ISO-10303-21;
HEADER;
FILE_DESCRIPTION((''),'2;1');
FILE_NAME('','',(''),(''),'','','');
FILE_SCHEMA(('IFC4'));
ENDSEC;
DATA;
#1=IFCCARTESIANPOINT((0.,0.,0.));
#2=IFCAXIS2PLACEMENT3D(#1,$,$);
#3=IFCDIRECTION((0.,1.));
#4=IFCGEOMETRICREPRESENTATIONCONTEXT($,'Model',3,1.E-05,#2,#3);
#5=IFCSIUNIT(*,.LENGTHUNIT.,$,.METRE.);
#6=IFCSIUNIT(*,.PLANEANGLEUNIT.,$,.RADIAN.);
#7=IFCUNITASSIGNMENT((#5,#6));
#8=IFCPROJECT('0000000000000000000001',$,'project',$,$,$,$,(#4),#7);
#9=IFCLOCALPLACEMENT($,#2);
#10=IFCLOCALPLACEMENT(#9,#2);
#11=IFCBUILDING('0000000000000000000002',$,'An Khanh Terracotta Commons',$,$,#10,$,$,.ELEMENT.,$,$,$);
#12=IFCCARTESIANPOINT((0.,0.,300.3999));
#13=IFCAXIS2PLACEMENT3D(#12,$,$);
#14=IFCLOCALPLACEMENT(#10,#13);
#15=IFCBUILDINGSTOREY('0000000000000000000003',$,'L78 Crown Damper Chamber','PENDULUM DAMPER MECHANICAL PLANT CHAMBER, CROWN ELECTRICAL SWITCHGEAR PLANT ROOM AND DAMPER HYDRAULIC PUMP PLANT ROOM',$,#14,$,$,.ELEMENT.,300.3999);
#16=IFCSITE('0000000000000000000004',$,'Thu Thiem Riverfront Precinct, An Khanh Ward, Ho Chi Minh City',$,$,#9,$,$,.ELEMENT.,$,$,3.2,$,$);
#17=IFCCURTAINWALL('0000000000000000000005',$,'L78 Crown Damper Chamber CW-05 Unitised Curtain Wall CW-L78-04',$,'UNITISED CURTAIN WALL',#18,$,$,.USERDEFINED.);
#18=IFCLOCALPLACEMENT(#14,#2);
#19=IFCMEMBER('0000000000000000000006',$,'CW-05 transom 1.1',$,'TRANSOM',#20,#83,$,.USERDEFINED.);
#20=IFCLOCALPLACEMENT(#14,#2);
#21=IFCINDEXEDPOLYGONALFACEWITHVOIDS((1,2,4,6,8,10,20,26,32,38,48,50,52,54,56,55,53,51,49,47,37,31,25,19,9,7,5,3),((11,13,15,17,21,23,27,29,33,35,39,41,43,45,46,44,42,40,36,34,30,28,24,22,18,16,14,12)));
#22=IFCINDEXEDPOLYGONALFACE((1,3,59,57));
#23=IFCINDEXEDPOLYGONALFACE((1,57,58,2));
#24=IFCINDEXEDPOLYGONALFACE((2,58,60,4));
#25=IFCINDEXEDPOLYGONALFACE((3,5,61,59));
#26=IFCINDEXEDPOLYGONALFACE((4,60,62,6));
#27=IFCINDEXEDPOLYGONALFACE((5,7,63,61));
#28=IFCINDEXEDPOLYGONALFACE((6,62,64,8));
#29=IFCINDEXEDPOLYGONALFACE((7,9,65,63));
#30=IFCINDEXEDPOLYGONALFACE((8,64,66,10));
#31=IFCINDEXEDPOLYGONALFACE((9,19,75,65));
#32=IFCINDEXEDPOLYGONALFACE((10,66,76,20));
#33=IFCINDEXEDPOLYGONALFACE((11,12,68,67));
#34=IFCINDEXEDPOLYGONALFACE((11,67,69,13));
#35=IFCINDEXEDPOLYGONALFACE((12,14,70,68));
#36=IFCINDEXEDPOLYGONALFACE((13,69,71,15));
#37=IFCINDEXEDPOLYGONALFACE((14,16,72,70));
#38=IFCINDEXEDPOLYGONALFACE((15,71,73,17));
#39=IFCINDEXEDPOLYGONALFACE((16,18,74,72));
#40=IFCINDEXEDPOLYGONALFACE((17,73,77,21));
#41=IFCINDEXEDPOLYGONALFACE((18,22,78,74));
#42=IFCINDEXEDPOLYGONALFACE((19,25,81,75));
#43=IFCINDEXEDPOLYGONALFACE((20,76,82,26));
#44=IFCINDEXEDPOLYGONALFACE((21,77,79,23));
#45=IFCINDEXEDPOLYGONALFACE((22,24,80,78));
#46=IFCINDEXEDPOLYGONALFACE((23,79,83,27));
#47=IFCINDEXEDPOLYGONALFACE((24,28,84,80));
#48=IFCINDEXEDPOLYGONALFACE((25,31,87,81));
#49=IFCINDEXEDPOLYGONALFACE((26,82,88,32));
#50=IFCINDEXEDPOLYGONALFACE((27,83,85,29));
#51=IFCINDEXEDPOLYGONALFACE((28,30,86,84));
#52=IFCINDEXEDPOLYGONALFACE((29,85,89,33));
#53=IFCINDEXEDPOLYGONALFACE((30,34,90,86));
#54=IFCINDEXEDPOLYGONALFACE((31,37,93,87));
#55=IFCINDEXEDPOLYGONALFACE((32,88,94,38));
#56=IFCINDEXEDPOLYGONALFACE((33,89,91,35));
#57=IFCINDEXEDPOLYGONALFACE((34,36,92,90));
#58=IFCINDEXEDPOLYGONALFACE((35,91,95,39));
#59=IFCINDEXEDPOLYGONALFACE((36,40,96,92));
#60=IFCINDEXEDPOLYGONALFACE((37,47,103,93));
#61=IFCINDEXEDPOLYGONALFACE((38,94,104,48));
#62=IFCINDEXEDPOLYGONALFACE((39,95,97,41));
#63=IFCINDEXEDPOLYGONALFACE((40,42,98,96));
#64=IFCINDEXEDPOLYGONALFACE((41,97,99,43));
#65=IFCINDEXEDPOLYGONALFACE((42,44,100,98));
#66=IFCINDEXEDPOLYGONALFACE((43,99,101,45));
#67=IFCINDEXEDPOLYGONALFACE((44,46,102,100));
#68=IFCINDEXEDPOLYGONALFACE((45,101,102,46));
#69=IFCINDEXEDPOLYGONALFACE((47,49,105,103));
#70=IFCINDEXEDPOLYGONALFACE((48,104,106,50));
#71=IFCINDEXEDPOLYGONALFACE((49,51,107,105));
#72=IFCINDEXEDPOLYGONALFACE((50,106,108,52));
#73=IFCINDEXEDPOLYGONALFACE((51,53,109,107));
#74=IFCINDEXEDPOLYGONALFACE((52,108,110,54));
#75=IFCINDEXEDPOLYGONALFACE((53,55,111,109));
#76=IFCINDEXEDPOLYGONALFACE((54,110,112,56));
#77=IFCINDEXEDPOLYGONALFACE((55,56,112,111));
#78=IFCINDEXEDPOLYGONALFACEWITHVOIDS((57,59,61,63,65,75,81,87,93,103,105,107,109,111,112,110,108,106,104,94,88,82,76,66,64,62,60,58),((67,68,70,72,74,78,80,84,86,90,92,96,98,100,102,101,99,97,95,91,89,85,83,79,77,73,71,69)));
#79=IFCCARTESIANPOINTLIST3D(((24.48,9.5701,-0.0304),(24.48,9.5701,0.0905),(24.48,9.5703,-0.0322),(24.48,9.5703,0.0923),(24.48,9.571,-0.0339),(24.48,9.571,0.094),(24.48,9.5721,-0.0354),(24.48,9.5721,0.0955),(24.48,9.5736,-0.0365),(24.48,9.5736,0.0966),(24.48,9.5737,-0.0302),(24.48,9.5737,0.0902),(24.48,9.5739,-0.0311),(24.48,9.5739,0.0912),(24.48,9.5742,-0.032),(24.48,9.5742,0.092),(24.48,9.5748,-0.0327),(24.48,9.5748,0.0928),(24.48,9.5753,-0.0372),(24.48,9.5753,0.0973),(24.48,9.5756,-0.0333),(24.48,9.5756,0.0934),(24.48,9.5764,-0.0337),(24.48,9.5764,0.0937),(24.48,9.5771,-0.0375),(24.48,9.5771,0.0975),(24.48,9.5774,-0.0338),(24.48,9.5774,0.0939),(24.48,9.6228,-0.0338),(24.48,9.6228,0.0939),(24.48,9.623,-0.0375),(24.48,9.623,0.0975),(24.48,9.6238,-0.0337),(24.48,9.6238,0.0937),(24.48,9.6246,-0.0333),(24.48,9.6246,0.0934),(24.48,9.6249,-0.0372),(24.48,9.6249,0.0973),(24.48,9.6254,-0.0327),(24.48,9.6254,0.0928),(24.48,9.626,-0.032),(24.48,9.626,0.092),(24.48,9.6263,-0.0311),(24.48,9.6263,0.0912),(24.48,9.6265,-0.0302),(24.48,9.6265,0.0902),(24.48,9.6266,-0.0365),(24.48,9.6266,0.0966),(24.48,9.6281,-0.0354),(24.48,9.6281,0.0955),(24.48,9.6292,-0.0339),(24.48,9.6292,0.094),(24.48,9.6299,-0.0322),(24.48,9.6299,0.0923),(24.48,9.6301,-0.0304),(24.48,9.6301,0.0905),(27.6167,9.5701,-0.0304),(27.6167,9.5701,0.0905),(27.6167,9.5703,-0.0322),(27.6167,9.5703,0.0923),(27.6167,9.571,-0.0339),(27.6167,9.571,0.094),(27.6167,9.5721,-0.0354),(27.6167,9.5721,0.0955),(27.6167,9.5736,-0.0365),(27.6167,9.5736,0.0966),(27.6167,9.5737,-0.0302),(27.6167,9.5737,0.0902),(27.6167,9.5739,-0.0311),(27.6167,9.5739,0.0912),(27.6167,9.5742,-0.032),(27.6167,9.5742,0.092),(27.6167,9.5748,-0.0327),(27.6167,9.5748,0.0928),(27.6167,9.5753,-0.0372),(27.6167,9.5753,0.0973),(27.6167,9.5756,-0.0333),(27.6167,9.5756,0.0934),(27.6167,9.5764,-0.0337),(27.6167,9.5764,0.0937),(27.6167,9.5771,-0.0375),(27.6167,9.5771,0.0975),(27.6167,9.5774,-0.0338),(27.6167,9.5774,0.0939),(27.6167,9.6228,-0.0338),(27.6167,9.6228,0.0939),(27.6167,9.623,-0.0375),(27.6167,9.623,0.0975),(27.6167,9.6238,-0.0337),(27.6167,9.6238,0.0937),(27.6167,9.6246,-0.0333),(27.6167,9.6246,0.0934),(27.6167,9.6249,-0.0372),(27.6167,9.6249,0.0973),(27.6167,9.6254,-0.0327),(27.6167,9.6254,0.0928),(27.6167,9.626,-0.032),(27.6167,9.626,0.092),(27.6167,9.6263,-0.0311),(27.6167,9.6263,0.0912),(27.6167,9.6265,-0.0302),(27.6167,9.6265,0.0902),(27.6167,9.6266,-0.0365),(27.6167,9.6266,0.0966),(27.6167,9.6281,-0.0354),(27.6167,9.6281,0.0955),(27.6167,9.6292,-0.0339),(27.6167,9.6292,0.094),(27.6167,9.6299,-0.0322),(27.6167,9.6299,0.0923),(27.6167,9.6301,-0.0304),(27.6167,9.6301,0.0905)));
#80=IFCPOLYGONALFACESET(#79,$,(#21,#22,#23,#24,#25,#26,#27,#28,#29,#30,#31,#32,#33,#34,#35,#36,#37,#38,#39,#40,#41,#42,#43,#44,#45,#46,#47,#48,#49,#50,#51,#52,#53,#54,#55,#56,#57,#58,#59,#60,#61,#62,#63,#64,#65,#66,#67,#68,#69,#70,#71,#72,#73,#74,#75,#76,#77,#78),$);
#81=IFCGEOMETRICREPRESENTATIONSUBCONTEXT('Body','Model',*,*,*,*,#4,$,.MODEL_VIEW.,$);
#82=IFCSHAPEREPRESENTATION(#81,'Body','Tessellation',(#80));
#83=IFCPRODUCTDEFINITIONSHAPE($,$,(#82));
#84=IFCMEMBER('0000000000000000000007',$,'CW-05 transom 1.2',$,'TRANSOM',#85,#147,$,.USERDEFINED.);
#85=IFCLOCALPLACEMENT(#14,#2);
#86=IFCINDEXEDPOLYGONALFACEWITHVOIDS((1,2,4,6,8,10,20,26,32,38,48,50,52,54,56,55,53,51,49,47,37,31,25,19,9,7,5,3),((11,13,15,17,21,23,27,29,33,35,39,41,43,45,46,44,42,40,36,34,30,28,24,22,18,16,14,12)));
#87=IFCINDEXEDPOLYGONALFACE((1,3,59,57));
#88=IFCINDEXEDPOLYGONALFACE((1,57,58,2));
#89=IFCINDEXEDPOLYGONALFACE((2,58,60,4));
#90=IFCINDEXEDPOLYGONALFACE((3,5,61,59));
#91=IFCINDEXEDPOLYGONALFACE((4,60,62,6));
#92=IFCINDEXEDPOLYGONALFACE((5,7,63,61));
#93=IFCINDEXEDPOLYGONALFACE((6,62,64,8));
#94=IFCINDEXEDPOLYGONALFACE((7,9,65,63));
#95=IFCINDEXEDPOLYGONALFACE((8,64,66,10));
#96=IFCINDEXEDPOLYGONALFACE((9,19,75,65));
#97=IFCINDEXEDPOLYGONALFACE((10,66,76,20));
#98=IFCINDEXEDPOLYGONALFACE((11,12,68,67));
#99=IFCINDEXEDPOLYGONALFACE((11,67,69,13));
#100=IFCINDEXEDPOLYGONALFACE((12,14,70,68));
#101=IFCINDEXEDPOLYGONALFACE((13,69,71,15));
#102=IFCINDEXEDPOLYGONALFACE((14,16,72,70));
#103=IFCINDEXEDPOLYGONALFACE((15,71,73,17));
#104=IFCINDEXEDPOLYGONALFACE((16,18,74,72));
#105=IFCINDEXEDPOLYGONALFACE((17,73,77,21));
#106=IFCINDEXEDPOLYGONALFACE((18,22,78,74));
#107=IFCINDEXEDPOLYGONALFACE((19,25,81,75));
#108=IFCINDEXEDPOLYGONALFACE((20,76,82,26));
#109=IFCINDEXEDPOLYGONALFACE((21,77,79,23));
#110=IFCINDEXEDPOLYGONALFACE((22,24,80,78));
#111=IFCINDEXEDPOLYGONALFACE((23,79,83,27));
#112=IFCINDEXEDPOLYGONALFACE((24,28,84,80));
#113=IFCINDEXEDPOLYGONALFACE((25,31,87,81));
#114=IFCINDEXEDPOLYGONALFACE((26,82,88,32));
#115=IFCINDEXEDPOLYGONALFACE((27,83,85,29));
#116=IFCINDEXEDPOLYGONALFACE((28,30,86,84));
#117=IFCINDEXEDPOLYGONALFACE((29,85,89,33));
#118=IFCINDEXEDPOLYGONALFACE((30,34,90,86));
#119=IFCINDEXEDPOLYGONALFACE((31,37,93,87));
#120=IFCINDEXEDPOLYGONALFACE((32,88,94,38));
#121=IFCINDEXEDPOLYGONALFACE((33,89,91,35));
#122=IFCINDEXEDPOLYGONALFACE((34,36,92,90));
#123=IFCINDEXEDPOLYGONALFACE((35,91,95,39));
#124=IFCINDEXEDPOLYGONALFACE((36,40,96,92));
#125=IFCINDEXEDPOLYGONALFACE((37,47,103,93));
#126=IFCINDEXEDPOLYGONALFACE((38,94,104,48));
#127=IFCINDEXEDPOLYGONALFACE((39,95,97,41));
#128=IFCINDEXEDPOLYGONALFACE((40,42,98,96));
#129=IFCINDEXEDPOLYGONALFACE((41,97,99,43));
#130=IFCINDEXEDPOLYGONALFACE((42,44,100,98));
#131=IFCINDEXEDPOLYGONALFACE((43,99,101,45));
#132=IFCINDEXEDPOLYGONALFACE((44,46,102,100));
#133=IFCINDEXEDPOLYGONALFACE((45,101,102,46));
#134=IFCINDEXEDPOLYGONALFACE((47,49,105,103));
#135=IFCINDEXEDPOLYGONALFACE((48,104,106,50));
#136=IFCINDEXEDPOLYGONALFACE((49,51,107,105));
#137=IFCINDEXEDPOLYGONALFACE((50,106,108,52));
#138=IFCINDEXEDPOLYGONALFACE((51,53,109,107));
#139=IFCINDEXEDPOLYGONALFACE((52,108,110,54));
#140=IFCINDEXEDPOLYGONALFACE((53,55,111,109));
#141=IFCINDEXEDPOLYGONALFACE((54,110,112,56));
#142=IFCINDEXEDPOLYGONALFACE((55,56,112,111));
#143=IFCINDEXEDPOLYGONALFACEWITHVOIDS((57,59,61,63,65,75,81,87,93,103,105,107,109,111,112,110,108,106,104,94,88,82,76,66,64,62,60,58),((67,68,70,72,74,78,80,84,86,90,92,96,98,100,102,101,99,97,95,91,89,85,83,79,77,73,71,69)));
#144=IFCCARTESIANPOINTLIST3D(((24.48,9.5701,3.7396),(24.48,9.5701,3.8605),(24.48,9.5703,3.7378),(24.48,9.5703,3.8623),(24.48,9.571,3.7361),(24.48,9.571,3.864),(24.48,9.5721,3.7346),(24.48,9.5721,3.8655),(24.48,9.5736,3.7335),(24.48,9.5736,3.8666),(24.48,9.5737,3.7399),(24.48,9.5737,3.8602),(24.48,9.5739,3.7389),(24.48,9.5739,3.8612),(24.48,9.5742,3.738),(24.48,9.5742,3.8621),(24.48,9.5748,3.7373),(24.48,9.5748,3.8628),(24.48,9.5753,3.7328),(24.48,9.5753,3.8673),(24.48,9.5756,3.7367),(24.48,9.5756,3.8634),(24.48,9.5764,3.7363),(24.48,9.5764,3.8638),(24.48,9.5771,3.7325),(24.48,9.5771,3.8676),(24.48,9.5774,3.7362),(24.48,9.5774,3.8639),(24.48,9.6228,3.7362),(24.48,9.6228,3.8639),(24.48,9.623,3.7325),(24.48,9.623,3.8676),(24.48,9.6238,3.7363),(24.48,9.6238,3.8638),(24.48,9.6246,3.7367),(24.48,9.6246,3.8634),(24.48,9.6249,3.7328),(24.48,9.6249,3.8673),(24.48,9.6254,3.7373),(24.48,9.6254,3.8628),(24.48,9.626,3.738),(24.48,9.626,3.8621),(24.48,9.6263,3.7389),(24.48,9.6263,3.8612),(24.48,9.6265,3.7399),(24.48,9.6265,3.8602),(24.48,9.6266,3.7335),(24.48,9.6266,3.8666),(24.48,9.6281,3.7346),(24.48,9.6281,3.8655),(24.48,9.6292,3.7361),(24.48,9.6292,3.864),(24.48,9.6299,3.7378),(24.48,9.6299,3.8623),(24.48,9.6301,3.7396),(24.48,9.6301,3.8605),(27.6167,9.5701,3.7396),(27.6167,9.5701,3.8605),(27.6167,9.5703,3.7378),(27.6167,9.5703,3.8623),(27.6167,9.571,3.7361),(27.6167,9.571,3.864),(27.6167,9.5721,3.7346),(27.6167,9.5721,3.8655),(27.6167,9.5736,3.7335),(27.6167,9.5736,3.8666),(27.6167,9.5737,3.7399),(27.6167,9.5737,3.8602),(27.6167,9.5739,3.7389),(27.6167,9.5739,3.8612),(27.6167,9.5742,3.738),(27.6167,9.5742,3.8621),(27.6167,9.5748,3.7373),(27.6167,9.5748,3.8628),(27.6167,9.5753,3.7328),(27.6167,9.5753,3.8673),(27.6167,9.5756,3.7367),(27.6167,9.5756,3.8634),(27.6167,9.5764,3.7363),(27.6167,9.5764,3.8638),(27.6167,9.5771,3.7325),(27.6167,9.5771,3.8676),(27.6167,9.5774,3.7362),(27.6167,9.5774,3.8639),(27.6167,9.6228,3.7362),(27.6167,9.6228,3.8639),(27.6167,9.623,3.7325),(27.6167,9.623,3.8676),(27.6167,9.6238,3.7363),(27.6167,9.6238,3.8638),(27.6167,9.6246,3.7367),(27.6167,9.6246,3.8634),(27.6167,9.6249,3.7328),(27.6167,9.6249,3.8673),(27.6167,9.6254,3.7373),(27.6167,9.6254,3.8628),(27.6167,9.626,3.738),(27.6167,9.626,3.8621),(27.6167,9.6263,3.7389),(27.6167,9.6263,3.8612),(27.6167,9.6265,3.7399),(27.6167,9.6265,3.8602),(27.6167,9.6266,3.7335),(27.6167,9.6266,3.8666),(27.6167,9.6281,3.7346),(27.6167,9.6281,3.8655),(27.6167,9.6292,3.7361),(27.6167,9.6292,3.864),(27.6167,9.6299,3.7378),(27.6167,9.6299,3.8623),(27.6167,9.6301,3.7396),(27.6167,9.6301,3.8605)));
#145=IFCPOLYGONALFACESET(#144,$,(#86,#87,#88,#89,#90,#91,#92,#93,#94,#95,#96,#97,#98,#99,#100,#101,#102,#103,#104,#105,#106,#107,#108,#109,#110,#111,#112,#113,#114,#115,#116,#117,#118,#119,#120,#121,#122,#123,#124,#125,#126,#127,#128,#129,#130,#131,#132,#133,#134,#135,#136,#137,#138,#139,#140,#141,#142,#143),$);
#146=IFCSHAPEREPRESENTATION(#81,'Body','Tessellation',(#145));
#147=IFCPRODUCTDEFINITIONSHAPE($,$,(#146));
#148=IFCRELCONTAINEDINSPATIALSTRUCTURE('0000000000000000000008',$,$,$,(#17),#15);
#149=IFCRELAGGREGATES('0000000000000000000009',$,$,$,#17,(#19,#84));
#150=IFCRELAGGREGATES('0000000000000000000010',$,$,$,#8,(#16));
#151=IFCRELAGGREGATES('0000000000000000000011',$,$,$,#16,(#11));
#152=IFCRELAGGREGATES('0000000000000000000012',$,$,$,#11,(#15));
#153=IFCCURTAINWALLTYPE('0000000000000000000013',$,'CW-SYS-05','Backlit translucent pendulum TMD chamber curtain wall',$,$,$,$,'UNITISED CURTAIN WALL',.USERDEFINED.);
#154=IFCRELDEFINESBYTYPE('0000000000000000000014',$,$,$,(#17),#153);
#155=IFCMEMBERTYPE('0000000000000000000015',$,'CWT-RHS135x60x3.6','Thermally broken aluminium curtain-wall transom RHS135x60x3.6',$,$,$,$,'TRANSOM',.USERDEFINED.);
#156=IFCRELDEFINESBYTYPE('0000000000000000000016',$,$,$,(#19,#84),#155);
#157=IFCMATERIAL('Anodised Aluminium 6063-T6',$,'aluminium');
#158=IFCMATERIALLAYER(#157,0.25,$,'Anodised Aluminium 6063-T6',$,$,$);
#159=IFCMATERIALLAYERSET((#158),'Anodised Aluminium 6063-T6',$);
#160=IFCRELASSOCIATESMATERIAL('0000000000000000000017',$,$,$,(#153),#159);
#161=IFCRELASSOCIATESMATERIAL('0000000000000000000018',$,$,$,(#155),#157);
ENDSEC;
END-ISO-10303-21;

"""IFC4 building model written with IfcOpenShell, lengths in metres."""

from ifc_helpers import new_model, si_unit, direction, frame, origin, origin_2d, place, context, subcontext, project, spatial, hollow_rectangle, extrude, material, layer, layer_set, material_profile, profile_set, type_object, element, aggregate, save


model = new_model("IFC4")

# Units and contexts
model_context = context("Model", 3, precision=1e-05, world=origin(), true_north=direction((0.0, 1.0)))
body_context = subcontext(model_context, "Body", "Model", "MODEL_VIEW")
ifc_project = project(units=[si_unit("LENGTHUNIT", "METRE"), si_unit("PLANEANGLEUNIT", "RADIAN")], contexts=[model_context])

# Site, building, storey
site_placement = place(None, origin())
site = spatial("IfcSite", under=ifc_project, at=site_placement, Name="Thu Thiem Riverfront Precinct, An Khanh Ward, Ho Chi Minh City", CompositionType="ELEMENT", RefElevation=3.2)
building_placement = place(site_placement, origin())
building = spatial("IfcBuilding", under=site, at=building_placement, Name="An Khanh Terracotta Commons", CompositionType="ELEMENT")
storey_placement = place(building_placement, frame((0.0, 0.0, 300.3999)))
storey = spatial("IfcBuildingStorey", under=building, at=storey_placement, Name="L78 Crown Damper Chamber", Description="PENDULUM DAMPER MECHANICAL PLANT CHAMBER, CROWN ELECTRICAL SWITCHGEAR PLANT ROOM AND DAMPER HYDRAULIC PUMP PLANT ROOM", CompositionType="ELEMENT", Elevation=300.3999)

# Curtain wall, members
ifc_material_1 = material(Name="Anodised Aluminium 6063-T6", Category="aluminium")
ifc_layer_1 = layer(ifc_material_1, 0.25, Name="Anodised Aluminium 6063-T6")
ifc_layer_set_1 = layer_set([ifc_layer_1], Name="Anodised Aluminium 6063-T6")
curtain_wall_type = type_object("IfcCurtainWallType", Name="CW-SYS-05", Description="Backlit translucent pendulum TMD chamber curtain wall", ElementType="UNITISED CURTAIN WALL", PredefinedType="USERDEFINED", material=ifc_layer_set_1)
curtain_wall_placement = place(storey_placement, origin())
curtain_wall = element("IfcCurtainWall", 1, at=curtain_wall_placement, inside=storey, type_object=curtain_wall_type, Name="L78 Crown Damper Chamber CW-05 Unitised Curtain Wall CW-L78-04", ObjectType="UNITISED CURTAIN WALL", PredefinedType="USERDEFINED")
ifc_material_profile_1 = material_profile(ifc_material_1, hollow_rectangle(XDim=0.0601, YDim=0.135, WallThickness=0.0037, InnerFilletRadius=0.0037, OuterFilletRadius=0.0071, at=origin_2d()), Name="RHS135x60x3.6")
ifc_profile_set_1 = profile_set([ifc_material_profile_1], Name="Anodised Aluminium 6063-T6")
member_type_1 = type_object("IfcMemberType", Name="CWT-RHS135x60x3.6", Description="Thermally broken aluminium curtain-wall transom RHS135x60x3.6", ElementType="TRANSOM", PredefinedType="USERDEFINED", material=ifc_profile_set_1)
member_1_placement = place(storey_placement, frame((24.48, 9.6001, 0.03), z_axis=(1.0, 0.0, 0.0), x_axis=(0.0, 1.0, 0.0)))
member_1 = element("IfcMember", 2, at=member_1_placement, type_object=member_type_1, Name="CW-05 transom 1.1", ObjectType="TRANSOM", PredefinedType="USERDEFINED", context=body_context, shape_type="SweptSolid", body=[
    extrude(hollow_rectangle(XDim=0.0601, YDim=0.135, WallThickness=0.0037, InnerFilletRadius=0.0037, OuterFilletRadius=0.0071, at=origin_2d()), origin(), (0.0, 0.0, 1.0), 3.1367),
])
member_2_placement = place(storey_placement, frame((24.48, 9.6001, 3.8), z_axis=(1.0, 0.0, 0.0), x_axis=(0.0, 1.0, 0.0)))
member_2 = element("IfcMember", 3, at=member_2_placement, type_object=member_type_1, Name="CW-05 transom 1.2", ObjectType="TRANSOM", PredefinedType="USERDEFINED", context=body_context, shape_type="SweptSolid", body=[
    extrude(hollow_rectangle(XDim=0.0601, YDim=0.135, WallThickness=0.0037, InnerFilletRadius=0.0037, OuterFilletRadius=0.0071, at=origin_2d()), origin(), (0.0, 0.0, 1.0), 3.1367),
])
aggregate(curtain_wall, [member_1, member_2])

save(model, "model.ifc")
